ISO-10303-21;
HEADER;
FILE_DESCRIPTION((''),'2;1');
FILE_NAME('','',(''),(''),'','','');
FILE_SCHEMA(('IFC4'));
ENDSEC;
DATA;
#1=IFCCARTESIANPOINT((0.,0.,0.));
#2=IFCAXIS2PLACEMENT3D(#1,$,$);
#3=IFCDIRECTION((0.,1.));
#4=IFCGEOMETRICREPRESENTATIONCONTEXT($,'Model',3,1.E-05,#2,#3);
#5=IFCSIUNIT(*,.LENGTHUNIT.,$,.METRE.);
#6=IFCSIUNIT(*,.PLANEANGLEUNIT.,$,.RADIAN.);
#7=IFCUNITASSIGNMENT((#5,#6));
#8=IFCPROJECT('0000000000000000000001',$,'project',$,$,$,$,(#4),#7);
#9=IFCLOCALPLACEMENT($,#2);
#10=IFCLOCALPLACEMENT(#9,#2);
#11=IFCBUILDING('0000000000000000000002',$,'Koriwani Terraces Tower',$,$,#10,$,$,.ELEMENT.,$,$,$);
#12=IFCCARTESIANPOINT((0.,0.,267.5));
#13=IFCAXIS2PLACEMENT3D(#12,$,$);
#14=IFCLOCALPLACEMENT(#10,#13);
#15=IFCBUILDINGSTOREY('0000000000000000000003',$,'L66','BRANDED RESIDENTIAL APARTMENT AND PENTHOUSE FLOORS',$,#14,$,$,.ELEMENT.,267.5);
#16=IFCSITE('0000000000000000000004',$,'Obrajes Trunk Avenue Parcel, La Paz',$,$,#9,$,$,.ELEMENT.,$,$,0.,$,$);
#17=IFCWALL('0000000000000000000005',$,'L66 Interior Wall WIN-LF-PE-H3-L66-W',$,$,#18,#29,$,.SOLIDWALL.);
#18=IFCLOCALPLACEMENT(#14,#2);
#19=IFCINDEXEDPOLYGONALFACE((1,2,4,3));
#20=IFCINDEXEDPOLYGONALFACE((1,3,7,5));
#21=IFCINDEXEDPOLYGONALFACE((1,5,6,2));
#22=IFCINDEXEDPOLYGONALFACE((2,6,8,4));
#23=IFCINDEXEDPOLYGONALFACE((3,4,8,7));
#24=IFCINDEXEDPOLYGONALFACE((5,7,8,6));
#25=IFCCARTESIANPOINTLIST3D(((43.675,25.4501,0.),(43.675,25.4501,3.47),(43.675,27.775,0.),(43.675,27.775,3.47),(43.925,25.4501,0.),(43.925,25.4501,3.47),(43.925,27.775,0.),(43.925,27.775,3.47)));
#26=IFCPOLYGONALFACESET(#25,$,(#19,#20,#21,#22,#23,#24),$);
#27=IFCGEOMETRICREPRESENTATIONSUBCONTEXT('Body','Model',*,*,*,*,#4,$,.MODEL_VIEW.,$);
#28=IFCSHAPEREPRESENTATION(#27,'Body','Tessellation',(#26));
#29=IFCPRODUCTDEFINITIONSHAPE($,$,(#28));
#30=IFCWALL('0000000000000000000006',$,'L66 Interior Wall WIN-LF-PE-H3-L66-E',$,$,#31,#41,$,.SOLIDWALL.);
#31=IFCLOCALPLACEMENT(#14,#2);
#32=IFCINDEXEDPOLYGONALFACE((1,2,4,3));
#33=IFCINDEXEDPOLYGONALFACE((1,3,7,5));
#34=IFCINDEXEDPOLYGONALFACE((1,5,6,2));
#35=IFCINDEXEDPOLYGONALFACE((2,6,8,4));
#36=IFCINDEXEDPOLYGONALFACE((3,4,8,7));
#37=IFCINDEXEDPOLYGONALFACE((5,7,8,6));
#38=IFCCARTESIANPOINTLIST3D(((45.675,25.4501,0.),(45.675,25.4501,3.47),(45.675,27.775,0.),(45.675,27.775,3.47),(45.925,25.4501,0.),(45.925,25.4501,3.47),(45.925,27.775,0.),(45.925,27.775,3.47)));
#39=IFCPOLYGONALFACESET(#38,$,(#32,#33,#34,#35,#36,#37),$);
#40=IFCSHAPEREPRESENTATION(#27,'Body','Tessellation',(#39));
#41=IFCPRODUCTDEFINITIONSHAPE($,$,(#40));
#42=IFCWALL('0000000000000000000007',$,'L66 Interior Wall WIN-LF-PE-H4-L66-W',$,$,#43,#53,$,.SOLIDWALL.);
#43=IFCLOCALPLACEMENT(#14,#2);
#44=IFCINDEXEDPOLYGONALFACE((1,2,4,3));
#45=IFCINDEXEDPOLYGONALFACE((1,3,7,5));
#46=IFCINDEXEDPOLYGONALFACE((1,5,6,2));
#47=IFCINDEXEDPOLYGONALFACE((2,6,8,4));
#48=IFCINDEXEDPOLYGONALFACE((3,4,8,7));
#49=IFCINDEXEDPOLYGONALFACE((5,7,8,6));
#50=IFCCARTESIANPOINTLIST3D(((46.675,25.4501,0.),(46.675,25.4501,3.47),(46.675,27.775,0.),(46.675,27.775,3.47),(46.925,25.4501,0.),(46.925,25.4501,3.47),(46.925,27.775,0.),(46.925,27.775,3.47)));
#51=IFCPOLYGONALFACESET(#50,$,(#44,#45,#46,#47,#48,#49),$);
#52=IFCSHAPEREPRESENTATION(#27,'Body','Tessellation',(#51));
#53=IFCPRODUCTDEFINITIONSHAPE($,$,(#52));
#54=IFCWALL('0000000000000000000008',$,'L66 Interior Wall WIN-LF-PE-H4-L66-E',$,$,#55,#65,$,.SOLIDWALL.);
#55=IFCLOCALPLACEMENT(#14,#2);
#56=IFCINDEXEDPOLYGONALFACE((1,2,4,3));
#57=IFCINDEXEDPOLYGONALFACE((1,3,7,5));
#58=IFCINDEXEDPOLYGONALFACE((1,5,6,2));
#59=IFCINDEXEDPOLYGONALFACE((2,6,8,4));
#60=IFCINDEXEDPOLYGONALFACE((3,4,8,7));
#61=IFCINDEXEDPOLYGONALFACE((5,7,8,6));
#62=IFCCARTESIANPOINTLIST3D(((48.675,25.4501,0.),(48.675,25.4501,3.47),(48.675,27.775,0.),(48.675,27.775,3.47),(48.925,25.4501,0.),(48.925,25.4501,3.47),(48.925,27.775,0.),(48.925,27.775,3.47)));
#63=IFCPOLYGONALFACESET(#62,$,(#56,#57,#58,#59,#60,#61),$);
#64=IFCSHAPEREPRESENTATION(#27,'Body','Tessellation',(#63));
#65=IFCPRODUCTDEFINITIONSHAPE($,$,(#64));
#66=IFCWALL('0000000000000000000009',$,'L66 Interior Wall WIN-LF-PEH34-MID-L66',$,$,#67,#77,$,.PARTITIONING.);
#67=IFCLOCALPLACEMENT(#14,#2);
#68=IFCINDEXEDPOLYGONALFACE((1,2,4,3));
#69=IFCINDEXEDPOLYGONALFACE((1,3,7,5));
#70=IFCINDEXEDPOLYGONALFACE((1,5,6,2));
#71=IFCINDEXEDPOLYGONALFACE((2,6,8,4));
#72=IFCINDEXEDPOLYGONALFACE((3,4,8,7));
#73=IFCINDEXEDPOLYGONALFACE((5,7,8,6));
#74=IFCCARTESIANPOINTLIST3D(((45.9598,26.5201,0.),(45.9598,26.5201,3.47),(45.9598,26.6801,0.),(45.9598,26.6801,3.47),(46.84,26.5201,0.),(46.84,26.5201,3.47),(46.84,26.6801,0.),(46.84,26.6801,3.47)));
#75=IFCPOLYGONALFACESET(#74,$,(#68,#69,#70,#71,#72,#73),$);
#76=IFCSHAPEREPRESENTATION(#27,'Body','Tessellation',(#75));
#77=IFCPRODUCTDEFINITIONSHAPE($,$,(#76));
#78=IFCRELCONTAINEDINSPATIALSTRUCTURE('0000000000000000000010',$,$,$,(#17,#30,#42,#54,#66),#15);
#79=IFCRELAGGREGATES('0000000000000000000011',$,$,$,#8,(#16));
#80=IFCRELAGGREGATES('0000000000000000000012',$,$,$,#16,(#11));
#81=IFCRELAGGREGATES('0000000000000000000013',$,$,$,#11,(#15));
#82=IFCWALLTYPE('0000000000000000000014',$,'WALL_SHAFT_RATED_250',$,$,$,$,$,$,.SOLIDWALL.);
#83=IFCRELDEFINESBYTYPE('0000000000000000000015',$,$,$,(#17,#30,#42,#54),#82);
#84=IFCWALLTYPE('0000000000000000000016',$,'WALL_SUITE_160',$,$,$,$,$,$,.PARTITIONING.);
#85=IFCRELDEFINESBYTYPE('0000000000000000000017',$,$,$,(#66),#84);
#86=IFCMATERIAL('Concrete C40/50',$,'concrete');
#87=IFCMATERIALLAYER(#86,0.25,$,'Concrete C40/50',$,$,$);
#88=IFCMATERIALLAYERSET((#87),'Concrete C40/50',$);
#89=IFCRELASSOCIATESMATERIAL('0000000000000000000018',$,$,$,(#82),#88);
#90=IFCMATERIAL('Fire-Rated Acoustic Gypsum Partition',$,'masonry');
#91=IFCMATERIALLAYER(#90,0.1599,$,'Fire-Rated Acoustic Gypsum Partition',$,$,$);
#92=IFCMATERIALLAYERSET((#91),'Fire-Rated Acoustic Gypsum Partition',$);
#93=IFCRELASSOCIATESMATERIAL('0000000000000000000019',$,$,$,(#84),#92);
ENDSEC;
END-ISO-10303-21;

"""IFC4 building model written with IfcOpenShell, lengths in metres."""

from ifc_helpers import new_model, si_unit, direction, frame, frame_2d, origin, place, context, subcontext, project, spatial, rectangle, extrude, material, layer, layer_set, type_object, element, save


model = new_model("IFC4")

# Units and contexts
model_context = context("Model", 3, precision=1e-05, world=origin(), true_north=direction((0.0, 1.0)))
body_context = subcontext(model_context, "Body", "Model", "MODEL_VIEW")
ifc_project = project(units=[si_unit("LENGTHUNIT", "METRE"), si_unit("PLANEANGLEUNIT", "RADIAN")], contexts=[model_context])

# Site, building, storey
site_placement = place(None, origin())
site = spatial("IfcSite", under=ifc_project, at=site_placement, Name="Obrajes Trunk Avenue Parcel, La Paz", CompositionType="ELEMENT", RefElevation=0.0)
building_placement = place(site_placement, origin())
building = spatial("IfcBuilding", under=site, at=building_placement, Name="Koriwani Terraces Tower", CompositionType="ELEMENT")
storey_placement = place(building_placement, frame((0.0, 0.0, 267.5)))
storey = spatial("IfcBuildingStorey", under=building, at=storey_placement, Name="L66", Description="BRANDED RESIDENTIAL APARTMENT AND PENTHOUSE FLOORS", CompositionType="ELEMENT", Elevation=267.5)

# Shared definitions
ifc_material_1 = material(Name="Concrete C40/50", Category="concrete")

# Shared definitions
ifc_layer_1 = layer(ifc_material_1, 0.25, Name="Concrete C40/50")
ifc_layer_set_1 = layer_set([ifc_layer_1], Name="Concrete C40/50")
wall_type_1 = type_object("IfcWallType", Name="WALL_SHAFT_RATED_250", PredefinedType="SOLIDWALL", material=ifc_layer_set_1)

# Walls
for number, where, z_axis, x_axis, name in (
    (1, (43.8, 25.45, 0.0), (0.0, 0.0, 1.0), (0.0, 1.0, 0.0), "L66 Interior Wall WIN-LF-PE-H3-L66-W"),
    (2, (45.8, 25.45, 0.0), (0.0, 0.0, 1.0), (0.0, 1.0, 0.0), "L66 Interior Wall WIN-LF-PE-H3-L66-E"),
):
    element("IfcWall", number, at=place(storey_placement, frame(where, z_axis=z_axis, x_axis=x_axis)), inside=storey, type_object=wall_type_1, Name=name, PredefinedType="SOLIDWALL", context=body_context, shape_type="SweptSolid", body=[
        extrude(rectangle(XDim=2.325, YDim=0.25, at=frame_2d((1.1626, 0.0))), origin(), (0.0, 0.0, 1.0), 3.47),
    ])

# Walls
for number, where, z_axis, x_axis, name in (
    (3, (46.8, 25.45, 0.0), (0.0, 0.0, 1.0), (0.0, 1.0, 0.0), "L66 Interior Wall WIN-LF-PE-H4-L66-W"),
    (4, (48.8, 25.45, 0.0), (0.0, 0.0, 1.0), (0.0, 1.0, 0.0), "L66 Interior Wall WIN-LF-PE-H4-L66-E"),
):
    element("IfcWall", number, at=place(storey_placement, frame(where, z_axis=z_axis, x_axis=x_axis)), inside=storey, type_object=wall_type_1, Name=name, PredefinedType="SOLIDWALL", context=body_context, shape_type="SweptSolid", body=[
        extrude(rectangle(XDim=2.325, YDim=0.25, at=frame_2d((1.1626, 0.0))), origin(), (0.0, 0.0, 1.0), 3.47),
    ])
ifc_material_2 = material(Name="Fire-Rated Acoustic Gypsum Partition", Category="masonry")
ifc_layer_2 = layer(ifc_material_2, 0.1599, Name="Fire-Rated Acoustic Gypsum Partition")
ifc_layer_set_2 = layer_set([ifc_layer_2], Name="Fire-Rated Acoustic Gypsum Partition")
wall_type_2 = type_object("IfcWallType", Name="WALL_SUITE_160", PredefinedType="PARTITIONING", material=ifc_layer_set_2)
wall_1_placement = place(storey_placement, frame((45.96, 26.6001, 0.0), z_axis=(0.0, 0.0, 1.0), x_axis=(1.0, 0.0, 0.0)))
element("IfcWall", 5, at=wall_1_placement, inside=storey, type_object=wall_type_2, Name="L66 Interior Wall WIN-LF-PEH34-MID-L66", PredefinedType="PARTITIONING", context=body_context, shape_type="SweptSolid", body=[
    extrude(rectangle(XDim=0.8801, YDim=0.1599, at=frame_2d((0.4399, 0.0))), origin(), (0.0, 0.0, 1.0), 3.47),
])

save(model, "model.ifc")
